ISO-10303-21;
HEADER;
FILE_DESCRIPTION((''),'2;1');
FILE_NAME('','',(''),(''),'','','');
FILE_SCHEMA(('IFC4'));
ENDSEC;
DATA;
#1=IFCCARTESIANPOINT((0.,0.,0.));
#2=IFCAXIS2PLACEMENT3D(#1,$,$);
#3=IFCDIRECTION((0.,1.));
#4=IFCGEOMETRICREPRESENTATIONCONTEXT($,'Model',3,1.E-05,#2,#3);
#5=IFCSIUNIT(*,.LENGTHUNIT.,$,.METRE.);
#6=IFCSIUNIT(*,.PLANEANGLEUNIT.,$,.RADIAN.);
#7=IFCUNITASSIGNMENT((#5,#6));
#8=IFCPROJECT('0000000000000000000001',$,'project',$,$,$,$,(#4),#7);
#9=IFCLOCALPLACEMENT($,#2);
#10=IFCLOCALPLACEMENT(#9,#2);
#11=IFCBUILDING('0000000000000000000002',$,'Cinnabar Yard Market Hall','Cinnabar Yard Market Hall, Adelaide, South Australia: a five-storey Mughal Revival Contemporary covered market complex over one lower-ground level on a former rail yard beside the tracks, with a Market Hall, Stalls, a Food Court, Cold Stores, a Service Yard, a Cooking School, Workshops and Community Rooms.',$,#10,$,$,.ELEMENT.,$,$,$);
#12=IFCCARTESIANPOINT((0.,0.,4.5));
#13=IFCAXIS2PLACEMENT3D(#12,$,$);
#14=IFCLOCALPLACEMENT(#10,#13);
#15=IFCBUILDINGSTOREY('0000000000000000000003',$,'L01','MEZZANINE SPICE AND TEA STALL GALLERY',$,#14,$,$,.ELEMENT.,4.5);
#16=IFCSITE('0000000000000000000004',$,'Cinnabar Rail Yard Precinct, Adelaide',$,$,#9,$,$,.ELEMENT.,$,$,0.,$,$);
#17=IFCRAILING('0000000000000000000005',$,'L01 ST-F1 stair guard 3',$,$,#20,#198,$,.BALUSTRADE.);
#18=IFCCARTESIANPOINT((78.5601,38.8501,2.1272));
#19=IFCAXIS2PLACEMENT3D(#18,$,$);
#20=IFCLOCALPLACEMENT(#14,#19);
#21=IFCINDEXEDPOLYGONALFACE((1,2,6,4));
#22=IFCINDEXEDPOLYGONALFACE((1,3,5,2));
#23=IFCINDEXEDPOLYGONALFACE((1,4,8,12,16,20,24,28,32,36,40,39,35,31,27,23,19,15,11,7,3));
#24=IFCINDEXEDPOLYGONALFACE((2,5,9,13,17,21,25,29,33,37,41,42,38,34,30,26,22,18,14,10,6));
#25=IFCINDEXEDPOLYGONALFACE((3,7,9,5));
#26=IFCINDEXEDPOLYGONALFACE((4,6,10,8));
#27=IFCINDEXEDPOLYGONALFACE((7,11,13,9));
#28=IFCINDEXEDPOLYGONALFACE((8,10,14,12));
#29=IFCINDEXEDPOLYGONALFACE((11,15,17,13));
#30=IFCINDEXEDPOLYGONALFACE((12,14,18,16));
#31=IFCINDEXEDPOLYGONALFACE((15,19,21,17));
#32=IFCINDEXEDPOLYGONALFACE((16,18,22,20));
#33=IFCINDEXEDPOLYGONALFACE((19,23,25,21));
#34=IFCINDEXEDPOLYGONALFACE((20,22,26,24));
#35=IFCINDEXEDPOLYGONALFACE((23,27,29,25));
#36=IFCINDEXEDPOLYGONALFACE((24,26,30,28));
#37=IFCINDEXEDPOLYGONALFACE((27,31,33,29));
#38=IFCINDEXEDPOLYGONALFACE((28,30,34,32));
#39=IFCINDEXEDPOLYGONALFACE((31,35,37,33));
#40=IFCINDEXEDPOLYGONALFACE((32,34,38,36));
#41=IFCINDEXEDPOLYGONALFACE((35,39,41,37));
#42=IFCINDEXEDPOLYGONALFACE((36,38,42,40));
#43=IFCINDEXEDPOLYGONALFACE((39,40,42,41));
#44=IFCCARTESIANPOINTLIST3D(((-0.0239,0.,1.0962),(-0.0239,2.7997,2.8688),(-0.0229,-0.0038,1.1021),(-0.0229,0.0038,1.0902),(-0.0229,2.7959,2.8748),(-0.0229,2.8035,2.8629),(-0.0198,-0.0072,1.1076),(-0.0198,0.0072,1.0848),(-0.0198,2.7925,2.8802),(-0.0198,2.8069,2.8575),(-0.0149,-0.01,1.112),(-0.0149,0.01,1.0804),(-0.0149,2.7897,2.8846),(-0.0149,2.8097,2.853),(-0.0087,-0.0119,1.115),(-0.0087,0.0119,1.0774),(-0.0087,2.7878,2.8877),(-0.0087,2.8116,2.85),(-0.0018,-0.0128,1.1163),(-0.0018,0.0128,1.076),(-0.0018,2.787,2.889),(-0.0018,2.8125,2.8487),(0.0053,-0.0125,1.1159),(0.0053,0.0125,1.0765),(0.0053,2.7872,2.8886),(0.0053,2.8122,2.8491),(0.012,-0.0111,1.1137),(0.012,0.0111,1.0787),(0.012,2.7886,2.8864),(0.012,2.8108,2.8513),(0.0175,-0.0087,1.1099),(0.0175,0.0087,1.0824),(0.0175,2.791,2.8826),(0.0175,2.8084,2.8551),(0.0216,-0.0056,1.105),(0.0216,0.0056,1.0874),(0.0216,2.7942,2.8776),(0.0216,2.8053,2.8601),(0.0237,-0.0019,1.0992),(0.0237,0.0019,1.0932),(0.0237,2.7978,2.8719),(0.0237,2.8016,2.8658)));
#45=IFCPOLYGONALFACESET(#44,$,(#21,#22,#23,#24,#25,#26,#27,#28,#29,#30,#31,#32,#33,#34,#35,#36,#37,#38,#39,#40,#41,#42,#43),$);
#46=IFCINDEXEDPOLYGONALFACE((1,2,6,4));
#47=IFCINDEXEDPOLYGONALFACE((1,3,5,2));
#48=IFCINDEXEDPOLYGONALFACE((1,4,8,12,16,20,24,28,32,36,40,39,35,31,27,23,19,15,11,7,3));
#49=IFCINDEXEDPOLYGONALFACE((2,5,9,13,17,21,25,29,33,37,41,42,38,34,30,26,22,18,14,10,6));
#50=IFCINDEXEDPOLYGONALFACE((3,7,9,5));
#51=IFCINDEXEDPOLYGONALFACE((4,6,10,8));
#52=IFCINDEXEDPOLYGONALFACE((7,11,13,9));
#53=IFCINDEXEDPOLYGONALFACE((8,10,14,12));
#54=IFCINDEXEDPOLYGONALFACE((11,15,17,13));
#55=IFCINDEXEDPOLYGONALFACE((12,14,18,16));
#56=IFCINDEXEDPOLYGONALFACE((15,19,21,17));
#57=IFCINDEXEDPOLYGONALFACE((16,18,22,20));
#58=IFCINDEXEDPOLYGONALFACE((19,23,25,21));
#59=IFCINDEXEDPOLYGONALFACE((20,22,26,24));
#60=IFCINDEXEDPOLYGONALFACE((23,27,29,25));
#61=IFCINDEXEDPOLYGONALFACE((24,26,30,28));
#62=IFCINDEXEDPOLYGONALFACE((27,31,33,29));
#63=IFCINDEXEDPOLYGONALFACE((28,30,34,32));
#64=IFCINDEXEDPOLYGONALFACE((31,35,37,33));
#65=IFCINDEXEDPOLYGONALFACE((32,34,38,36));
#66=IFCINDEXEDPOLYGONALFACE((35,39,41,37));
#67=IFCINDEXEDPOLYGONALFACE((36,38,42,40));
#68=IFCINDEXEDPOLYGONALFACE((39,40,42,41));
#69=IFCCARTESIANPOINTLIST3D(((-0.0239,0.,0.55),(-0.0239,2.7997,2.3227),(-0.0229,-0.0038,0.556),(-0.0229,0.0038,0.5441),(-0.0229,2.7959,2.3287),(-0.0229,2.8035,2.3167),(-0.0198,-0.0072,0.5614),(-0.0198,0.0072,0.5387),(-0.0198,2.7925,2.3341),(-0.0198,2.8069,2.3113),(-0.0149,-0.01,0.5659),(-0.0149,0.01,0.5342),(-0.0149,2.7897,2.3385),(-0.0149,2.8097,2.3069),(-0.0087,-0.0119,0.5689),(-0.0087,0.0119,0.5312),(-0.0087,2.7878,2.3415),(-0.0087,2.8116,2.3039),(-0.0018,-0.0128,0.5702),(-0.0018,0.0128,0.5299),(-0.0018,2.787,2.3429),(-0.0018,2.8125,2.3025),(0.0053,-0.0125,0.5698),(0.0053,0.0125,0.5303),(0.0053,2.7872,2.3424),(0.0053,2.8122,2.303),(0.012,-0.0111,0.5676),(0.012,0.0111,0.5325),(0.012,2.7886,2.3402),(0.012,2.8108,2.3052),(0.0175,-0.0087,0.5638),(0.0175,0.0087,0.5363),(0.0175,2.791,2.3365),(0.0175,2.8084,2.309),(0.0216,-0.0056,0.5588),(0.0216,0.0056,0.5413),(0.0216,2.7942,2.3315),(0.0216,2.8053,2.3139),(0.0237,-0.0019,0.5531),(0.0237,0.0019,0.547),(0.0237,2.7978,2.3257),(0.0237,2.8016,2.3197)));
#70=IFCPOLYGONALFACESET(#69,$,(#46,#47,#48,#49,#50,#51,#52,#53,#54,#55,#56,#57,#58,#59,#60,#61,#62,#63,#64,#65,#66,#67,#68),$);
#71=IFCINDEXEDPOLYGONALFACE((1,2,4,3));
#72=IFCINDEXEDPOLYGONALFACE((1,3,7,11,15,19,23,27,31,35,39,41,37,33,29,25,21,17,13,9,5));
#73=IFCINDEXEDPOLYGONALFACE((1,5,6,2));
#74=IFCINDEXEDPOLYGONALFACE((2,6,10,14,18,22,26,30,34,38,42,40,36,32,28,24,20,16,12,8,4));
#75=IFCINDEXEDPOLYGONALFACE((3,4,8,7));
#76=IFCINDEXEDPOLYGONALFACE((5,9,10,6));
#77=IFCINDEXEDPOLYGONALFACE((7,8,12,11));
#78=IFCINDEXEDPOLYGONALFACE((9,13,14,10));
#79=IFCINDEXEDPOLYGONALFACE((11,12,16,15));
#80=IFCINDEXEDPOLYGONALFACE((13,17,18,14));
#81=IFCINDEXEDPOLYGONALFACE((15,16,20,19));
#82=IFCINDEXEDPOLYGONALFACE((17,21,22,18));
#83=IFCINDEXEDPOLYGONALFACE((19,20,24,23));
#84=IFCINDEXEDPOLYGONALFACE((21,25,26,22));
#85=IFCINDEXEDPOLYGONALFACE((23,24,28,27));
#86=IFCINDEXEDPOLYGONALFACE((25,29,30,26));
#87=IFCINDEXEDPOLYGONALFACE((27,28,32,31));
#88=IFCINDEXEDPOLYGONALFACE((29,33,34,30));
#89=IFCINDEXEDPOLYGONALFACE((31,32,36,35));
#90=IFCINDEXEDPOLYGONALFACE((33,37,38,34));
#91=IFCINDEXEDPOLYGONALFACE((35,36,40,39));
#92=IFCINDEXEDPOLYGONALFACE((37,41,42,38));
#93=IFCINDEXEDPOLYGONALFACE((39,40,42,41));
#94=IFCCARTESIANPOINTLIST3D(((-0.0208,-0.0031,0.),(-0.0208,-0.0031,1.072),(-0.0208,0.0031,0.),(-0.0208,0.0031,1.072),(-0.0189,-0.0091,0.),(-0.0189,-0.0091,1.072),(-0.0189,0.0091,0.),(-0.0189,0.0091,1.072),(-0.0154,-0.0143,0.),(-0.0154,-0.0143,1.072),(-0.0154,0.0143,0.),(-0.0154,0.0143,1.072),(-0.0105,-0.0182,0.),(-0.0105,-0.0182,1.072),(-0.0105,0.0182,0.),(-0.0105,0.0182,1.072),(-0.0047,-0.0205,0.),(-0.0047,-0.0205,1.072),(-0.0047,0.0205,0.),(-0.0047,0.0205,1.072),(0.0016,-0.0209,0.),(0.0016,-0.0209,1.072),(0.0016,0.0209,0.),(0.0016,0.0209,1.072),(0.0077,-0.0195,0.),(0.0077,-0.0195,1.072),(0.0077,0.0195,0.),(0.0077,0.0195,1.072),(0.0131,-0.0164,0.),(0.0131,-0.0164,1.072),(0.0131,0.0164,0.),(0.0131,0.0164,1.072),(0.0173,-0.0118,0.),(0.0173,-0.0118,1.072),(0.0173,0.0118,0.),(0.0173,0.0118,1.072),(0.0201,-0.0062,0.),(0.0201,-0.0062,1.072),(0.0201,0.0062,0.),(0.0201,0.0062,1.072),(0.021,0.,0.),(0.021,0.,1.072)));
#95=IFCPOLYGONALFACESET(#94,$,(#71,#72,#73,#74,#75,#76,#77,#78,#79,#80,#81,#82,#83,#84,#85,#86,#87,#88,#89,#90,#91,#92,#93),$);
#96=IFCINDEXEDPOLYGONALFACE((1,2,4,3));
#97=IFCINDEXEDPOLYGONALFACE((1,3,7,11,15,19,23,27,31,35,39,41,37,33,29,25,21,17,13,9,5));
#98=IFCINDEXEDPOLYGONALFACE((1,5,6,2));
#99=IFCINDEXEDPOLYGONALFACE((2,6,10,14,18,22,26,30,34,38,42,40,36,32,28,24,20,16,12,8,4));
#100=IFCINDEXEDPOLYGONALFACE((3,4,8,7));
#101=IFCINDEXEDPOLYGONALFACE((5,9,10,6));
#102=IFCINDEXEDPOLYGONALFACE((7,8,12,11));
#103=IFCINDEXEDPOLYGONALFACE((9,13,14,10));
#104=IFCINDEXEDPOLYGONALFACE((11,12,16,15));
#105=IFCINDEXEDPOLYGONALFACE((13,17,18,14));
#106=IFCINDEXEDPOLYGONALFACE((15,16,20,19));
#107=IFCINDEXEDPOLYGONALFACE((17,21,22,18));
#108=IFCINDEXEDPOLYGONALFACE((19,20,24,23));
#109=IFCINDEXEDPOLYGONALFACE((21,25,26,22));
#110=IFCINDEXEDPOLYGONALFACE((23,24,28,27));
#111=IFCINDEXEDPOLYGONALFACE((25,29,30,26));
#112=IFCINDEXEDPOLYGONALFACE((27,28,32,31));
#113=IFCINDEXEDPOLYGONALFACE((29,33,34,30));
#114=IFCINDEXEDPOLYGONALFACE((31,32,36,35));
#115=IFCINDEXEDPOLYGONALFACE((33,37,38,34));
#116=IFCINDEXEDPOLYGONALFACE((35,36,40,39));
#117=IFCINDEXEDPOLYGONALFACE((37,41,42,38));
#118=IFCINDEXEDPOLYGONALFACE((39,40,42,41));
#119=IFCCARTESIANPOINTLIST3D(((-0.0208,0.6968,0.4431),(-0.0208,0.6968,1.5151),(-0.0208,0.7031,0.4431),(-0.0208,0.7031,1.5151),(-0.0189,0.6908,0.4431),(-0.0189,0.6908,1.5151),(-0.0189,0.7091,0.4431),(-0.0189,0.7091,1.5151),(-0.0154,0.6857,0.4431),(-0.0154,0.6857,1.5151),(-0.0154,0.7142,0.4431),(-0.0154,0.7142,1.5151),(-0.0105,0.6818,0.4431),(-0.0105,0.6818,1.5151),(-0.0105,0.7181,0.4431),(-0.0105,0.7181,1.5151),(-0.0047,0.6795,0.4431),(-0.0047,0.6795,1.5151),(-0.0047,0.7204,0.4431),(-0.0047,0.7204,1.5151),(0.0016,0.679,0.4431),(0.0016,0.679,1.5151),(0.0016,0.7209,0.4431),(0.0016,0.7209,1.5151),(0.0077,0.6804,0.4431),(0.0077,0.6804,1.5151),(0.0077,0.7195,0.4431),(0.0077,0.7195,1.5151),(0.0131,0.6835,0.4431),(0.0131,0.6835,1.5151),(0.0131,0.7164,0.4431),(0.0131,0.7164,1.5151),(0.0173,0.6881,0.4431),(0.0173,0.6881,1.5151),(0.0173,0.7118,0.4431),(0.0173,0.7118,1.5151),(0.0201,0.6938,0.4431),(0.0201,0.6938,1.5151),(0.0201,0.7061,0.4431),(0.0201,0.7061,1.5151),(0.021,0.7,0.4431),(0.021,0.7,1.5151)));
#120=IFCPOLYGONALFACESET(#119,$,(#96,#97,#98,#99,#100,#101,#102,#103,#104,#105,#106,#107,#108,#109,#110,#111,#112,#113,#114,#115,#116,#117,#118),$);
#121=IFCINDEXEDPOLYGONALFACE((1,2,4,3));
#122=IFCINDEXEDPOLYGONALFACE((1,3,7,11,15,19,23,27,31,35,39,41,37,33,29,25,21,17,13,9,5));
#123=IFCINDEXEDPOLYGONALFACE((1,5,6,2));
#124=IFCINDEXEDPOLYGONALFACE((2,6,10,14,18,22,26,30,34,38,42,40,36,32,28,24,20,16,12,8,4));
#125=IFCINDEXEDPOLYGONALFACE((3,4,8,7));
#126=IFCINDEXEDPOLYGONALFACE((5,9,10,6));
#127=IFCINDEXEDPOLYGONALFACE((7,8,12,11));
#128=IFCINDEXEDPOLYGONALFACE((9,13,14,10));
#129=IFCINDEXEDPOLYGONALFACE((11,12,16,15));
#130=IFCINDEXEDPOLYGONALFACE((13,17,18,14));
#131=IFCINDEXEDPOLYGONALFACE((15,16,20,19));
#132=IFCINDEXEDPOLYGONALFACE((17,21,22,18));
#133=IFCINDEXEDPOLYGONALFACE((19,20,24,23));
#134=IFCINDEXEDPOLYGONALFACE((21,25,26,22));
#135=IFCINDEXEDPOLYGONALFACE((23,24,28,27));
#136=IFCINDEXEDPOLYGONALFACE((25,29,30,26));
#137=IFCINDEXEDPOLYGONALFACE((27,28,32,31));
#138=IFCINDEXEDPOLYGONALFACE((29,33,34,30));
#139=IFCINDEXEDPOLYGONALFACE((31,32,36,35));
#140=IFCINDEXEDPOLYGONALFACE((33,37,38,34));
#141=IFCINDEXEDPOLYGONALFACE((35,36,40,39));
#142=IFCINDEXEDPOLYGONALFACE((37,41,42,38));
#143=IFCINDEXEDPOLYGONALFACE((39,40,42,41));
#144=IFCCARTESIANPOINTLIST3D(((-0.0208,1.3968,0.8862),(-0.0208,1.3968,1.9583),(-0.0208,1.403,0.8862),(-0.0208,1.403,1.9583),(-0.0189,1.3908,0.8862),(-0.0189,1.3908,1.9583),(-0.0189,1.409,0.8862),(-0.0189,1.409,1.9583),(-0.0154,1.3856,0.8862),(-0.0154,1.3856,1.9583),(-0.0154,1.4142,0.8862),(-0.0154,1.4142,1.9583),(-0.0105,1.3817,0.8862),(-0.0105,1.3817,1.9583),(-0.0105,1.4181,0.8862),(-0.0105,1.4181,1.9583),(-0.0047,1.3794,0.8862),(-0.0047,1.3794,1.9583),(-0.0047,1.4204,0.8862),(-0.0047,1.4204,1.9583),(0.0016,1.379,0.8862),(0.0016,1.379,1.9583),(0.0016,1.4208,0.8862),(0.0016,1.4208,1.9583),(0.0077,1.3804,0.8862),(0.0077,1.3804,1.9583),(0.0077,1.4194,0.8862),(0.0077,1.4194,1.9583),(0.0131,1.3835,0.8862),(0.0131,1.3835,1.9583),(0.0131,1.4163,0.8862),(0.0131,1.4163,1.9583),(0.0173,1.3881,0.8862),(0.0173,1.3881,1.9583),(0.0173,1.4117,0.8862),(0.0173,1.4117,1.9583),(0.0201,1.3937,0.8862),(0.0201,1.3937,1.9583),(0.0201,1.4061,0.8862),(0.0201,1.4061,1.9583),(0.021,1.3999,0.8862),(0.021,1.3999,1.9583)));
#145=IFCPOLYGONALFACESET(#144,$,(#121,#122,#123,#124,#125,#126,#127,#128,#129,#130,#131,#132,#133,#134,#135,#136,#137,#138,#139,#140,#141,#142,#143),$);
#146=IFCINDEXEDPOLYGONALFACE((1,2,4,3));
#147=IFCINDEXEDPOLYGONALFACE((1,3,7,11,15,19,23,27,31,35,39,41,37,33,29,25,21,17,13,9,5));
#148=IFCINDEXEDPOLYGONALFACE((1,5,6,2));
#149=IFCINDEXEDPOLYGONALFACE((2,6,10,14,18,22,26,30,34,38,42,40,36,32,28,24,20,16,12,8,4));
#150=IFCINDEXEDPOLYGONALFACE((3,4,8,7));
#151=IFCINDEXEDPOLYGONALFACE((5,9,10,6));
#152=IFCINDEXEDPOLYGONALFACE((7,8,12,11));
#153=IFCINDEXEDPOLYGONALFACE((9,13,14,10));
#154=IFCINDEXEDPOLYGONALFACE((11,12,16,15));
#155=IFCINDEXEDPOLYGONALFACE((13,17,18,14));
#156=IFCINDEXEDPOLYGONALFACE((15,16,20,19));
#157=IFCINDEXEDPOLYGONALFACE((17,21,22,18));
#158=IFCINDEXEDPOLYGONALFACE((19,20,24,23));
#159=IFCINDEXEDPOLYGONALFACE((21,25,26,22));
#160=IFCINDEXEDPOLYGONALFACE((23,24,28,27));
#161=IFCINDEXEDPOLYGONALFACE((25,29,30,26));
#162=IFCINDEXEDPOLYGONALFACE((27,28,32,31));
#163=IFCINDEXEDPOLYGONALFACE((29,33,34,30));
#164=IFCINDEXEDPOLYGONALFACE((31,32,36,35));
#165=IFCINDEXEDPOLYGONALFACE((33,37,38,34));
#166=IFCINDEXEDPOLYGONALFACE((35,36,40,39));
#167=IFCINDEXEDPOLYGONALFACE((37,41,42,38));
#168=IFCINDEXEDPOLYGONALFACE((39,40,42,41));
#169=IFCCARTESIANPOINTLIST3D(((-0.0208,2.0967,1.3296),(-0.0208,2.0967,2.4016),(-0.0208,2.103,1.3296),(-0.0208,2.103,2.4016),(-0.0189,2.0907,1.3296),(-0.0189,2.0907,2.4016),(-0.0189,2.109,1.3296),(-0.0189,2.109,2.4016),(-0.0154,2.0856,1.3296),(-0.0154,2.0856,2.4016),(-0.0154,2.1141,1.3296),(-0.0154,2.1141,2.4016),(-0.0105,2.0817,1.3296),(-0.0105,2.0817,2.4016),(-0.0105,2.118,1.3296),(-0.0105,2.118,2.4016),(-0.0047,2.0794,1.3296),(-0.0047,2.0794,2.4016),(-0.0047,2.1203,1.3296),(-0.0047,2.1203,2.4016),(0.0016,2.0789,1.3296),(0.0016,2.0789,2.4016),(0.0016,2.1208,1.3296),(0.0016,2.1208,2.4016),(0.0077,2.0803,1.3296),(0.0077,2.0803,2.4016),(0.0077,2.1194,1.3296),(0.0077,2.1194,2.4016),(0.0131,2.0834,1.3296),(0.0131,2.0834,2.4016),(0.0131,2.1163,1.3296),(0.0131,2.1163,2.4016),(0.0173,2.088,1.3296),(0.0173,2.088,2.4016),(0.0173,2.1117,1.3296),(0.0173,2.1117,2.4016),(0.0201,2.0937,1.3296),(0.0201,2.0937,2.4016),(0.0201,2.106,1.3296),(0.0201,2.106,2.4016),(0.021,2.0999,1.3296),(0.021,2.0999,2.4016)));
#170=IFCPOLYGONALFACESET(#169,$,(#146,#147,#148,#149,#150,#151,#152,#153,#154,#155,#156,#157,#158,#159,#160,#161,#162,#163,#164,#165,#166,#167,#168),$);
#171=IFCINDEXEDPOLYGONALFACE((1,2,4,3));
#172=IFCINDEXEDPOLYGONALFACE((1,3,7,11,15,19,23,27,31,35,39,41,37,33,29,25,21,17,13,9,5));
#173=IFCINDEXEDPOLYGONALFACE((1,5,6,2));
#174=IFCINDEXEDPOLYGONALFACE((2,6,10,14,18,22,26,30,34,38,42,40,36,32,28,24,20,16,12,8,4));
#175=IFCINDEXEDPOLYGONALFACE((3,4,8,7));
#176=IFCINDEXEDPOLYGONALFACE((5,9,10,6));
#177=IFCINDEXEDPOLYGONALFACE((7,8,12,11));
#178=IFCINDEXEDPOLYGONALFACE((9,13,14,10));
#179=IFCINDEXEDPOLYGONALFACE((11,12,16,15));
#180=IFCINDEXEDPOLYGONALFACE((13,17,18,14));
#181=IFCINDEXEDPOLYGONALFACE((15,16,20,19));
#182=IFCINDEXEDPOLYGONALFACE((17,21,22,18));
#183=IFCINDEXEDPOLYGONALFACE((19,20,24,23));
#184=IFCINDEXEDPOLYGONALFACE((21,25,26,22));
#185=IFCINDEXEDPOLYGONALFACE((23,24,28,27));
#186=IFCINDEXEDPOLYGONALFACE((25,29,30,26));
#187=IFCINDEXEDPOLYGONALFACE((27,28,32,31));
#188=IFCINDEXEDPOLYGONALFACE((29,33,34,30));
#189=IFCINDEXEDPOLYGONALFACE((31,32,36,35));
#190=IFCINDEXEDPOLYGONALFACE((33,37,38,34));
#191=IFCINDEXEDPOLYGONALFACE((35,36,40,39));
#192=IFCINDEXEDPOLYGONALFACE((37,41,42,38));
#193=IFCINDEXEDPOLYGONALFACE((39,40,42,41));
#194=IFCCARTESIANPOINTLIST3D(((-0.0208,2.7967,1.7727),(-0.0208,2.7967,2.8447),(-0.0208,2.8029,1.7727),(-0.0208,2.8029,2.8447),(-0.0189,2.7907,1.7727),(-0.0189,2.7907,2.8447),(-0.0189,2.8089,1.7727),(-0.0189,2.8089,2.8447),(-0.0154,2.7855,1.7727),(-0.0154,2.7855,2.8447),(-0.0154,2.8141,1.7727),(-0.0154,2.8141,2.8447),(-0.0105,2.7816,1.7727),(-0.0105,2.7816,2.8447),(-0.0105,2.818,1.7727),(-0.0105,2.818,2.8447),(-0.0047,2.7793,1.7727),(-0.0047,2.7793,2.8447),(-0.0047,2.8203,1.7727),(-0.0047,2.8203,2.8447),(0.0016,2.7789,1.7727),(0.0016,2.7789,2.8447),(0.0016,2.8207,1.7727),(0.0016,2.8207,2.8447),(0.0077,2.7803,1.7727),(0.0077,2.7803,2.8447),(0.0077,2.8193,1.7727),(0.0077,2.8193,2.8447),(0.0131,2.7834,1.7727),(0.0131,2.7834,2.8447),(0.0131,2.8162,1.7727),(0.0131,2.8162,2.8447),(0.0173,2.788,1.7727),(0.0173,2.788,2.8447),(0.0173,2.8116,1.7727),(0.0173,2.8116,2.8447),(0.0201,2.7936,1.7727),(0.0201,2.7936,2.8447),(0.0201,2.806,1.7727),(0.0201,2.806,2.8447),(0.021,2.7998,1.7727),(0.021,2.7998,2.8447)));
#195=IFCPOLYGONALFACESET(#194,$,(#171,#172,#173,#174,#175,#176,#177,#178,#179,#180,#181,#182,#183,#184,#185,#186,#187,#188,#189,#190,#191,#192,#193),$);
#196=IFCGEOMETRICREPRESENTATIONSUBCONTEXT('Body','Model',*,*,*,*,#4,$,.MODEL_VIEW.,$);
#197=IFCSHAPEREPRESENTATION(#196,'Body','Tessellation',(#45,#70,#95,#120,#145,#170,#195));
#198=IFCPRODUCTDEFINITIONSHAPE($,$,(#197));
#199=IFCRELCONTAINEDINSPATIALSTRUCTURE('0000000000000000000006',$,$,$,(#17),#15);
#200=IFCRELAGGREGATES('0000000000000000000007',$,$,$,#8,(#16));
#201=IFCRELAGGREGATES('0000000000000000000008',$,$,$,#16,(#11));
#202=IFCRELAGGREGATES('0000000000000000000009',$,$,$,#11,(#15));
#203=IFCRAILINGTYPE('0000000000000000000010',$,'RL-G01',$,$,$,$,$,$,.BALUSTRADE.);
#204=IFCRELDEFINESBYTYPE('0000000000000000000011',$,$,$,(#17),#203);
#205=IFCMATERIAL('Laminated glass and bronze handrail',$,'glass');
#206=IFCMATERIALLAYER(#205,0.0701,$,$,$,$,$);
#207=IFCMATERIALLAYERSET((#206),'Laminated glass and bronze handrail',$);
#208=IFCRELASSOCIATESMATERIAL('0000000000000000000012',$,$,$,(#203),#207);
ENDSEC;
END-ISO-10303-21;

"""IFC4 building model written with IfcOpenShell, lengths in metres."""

from ifc_helpers import new_model, si_unit, direction, frame, origin, origin_2d_with_axis, place, context, subcontext, project, spatial, circle, extrude, material, layer, layer_set, type_object, element, save


model = new_model("IFC4")

# Units and contexts
model_context = context("Model", 3, precision=1e-05, world=origin(), true_north=direction((0.0, 1.0)))
body_context = subcontext(model_context, "Body", "Model", "MODEL_VIEW")
ifc_project = project(units=[si_unit("LENGTHUNIT", "METRE"), si_unit("PLANEANGLEUNIT", "RADIAN")], contexts=[model_context])

# Site, building, storey
site_placement = place(None, origin())
site = spatial("IfcSite", under=ifc_project, at=site_placement, Name="Cinnabar Rail Yard Precinct, Adelaide", CompositionType="ELEMENT", RefElevation=0.0)
building_placement = place(site_placement, origin())
building = spatial("IfcBuilding", under=site, at=building_placement, Name="Cinnabar Yard Market Hall", Description="Cinnabar Yard Market Hall, Adelaide, South Australia: a five-storey Mughal Revival Contemporary covered market complex over one lower-ground level on a former rail yard beside the tracks, with a Market Hall, Stalls, a Food Court, Cold Stores, a Service Yard, a Cooking School, Workshops and Community Rooms.", CompositionType="ELEMENT")
storey_placement = place(building_placement, frame((0.0, 0.0, 4.5)))
storey = spatial("IfcBuildingStorey", under=building, at=storey_placement, Name="L01", Description="MEZZANINE SPICE AND TEA STALL GALLERY", CompositionType="ELEMENT", Elevation=4.5)

# Railing
ifc_material_1 = material(Name="Laminated glass and bronze handrail", Category="glass")
ifc_layer_1 = layer(ifc_material_1, 0.0701)
ifc_layer_set_1 = layer_set([ifc_layer_1], Name="Laminated glass and bronze handrail")
railing_type_1 = type_object("IfcRailingType", Name="RL-G01", PredefinedType="BALUSTRADE", material=ifc_layer_set_1)
railing_1_placement = place(storey_placement, frame((78.5601, 38.8501, 2.1272)))
element("IfcRailing", 1, at=railing_1_placement, inside=storey, type_object=railing_type_1, Name="L01 ST-F1 stair guard 3", PredefinedType="BALUSTRADE", context=body_context, shape_type="SweptSolid", body=[
    extrude(circle(Radius=0.0239, at=origin_2d_with_axis()), frame((0.0, 0.0, 1.0962), z_axis=(0.0, 0.844888, 0.534943), x_axis=(-1.0, 0.0, 0.0)), (0.0, 0.0, 1.0), 3.3137),
    extrude(circle(Radius=0.0239, at=origin_2d_with_axis()), frame((0.0, 0.0, 0.55), z_axis=(0.0, 0.844888, 0.534943), x_axis=(-1.0, 0.0, 0.0)), (0.0, 0.0, 1.0), 3.3137),
    extrude(circle(Radius=0.021, at=origin_2d_with_axis()), origin(), (0.0, 0.0, 1.0), 1.072),
    extrude(circle(Radius=0.021, at=origin_2d_with_axis()), frame((0.0, 0.7, 0.4431)), (0.0, 0.0, 1.0), 1.072),
    extrude(circle(Radius=0.021, at=origin_2d_with_axis()), frame((0.0, 1.3999, 0.8862)), (0.0, 0.0, 1.0), 1.072),
    extrude(circle(Radius=0.021, at=origin_2d_with_axis()), frame((0.0, 2.0999, 1.3296)), (0.0, 0.0, 1.0), 1.072),
    extrude(circle(Radius=0.021, at=origin_2d_with_axis()), frame((0.0, 2.7998, 1.7727)), (0.0, 0.0, 1.0), 1.072),
])

save(model, "model.ifc")
